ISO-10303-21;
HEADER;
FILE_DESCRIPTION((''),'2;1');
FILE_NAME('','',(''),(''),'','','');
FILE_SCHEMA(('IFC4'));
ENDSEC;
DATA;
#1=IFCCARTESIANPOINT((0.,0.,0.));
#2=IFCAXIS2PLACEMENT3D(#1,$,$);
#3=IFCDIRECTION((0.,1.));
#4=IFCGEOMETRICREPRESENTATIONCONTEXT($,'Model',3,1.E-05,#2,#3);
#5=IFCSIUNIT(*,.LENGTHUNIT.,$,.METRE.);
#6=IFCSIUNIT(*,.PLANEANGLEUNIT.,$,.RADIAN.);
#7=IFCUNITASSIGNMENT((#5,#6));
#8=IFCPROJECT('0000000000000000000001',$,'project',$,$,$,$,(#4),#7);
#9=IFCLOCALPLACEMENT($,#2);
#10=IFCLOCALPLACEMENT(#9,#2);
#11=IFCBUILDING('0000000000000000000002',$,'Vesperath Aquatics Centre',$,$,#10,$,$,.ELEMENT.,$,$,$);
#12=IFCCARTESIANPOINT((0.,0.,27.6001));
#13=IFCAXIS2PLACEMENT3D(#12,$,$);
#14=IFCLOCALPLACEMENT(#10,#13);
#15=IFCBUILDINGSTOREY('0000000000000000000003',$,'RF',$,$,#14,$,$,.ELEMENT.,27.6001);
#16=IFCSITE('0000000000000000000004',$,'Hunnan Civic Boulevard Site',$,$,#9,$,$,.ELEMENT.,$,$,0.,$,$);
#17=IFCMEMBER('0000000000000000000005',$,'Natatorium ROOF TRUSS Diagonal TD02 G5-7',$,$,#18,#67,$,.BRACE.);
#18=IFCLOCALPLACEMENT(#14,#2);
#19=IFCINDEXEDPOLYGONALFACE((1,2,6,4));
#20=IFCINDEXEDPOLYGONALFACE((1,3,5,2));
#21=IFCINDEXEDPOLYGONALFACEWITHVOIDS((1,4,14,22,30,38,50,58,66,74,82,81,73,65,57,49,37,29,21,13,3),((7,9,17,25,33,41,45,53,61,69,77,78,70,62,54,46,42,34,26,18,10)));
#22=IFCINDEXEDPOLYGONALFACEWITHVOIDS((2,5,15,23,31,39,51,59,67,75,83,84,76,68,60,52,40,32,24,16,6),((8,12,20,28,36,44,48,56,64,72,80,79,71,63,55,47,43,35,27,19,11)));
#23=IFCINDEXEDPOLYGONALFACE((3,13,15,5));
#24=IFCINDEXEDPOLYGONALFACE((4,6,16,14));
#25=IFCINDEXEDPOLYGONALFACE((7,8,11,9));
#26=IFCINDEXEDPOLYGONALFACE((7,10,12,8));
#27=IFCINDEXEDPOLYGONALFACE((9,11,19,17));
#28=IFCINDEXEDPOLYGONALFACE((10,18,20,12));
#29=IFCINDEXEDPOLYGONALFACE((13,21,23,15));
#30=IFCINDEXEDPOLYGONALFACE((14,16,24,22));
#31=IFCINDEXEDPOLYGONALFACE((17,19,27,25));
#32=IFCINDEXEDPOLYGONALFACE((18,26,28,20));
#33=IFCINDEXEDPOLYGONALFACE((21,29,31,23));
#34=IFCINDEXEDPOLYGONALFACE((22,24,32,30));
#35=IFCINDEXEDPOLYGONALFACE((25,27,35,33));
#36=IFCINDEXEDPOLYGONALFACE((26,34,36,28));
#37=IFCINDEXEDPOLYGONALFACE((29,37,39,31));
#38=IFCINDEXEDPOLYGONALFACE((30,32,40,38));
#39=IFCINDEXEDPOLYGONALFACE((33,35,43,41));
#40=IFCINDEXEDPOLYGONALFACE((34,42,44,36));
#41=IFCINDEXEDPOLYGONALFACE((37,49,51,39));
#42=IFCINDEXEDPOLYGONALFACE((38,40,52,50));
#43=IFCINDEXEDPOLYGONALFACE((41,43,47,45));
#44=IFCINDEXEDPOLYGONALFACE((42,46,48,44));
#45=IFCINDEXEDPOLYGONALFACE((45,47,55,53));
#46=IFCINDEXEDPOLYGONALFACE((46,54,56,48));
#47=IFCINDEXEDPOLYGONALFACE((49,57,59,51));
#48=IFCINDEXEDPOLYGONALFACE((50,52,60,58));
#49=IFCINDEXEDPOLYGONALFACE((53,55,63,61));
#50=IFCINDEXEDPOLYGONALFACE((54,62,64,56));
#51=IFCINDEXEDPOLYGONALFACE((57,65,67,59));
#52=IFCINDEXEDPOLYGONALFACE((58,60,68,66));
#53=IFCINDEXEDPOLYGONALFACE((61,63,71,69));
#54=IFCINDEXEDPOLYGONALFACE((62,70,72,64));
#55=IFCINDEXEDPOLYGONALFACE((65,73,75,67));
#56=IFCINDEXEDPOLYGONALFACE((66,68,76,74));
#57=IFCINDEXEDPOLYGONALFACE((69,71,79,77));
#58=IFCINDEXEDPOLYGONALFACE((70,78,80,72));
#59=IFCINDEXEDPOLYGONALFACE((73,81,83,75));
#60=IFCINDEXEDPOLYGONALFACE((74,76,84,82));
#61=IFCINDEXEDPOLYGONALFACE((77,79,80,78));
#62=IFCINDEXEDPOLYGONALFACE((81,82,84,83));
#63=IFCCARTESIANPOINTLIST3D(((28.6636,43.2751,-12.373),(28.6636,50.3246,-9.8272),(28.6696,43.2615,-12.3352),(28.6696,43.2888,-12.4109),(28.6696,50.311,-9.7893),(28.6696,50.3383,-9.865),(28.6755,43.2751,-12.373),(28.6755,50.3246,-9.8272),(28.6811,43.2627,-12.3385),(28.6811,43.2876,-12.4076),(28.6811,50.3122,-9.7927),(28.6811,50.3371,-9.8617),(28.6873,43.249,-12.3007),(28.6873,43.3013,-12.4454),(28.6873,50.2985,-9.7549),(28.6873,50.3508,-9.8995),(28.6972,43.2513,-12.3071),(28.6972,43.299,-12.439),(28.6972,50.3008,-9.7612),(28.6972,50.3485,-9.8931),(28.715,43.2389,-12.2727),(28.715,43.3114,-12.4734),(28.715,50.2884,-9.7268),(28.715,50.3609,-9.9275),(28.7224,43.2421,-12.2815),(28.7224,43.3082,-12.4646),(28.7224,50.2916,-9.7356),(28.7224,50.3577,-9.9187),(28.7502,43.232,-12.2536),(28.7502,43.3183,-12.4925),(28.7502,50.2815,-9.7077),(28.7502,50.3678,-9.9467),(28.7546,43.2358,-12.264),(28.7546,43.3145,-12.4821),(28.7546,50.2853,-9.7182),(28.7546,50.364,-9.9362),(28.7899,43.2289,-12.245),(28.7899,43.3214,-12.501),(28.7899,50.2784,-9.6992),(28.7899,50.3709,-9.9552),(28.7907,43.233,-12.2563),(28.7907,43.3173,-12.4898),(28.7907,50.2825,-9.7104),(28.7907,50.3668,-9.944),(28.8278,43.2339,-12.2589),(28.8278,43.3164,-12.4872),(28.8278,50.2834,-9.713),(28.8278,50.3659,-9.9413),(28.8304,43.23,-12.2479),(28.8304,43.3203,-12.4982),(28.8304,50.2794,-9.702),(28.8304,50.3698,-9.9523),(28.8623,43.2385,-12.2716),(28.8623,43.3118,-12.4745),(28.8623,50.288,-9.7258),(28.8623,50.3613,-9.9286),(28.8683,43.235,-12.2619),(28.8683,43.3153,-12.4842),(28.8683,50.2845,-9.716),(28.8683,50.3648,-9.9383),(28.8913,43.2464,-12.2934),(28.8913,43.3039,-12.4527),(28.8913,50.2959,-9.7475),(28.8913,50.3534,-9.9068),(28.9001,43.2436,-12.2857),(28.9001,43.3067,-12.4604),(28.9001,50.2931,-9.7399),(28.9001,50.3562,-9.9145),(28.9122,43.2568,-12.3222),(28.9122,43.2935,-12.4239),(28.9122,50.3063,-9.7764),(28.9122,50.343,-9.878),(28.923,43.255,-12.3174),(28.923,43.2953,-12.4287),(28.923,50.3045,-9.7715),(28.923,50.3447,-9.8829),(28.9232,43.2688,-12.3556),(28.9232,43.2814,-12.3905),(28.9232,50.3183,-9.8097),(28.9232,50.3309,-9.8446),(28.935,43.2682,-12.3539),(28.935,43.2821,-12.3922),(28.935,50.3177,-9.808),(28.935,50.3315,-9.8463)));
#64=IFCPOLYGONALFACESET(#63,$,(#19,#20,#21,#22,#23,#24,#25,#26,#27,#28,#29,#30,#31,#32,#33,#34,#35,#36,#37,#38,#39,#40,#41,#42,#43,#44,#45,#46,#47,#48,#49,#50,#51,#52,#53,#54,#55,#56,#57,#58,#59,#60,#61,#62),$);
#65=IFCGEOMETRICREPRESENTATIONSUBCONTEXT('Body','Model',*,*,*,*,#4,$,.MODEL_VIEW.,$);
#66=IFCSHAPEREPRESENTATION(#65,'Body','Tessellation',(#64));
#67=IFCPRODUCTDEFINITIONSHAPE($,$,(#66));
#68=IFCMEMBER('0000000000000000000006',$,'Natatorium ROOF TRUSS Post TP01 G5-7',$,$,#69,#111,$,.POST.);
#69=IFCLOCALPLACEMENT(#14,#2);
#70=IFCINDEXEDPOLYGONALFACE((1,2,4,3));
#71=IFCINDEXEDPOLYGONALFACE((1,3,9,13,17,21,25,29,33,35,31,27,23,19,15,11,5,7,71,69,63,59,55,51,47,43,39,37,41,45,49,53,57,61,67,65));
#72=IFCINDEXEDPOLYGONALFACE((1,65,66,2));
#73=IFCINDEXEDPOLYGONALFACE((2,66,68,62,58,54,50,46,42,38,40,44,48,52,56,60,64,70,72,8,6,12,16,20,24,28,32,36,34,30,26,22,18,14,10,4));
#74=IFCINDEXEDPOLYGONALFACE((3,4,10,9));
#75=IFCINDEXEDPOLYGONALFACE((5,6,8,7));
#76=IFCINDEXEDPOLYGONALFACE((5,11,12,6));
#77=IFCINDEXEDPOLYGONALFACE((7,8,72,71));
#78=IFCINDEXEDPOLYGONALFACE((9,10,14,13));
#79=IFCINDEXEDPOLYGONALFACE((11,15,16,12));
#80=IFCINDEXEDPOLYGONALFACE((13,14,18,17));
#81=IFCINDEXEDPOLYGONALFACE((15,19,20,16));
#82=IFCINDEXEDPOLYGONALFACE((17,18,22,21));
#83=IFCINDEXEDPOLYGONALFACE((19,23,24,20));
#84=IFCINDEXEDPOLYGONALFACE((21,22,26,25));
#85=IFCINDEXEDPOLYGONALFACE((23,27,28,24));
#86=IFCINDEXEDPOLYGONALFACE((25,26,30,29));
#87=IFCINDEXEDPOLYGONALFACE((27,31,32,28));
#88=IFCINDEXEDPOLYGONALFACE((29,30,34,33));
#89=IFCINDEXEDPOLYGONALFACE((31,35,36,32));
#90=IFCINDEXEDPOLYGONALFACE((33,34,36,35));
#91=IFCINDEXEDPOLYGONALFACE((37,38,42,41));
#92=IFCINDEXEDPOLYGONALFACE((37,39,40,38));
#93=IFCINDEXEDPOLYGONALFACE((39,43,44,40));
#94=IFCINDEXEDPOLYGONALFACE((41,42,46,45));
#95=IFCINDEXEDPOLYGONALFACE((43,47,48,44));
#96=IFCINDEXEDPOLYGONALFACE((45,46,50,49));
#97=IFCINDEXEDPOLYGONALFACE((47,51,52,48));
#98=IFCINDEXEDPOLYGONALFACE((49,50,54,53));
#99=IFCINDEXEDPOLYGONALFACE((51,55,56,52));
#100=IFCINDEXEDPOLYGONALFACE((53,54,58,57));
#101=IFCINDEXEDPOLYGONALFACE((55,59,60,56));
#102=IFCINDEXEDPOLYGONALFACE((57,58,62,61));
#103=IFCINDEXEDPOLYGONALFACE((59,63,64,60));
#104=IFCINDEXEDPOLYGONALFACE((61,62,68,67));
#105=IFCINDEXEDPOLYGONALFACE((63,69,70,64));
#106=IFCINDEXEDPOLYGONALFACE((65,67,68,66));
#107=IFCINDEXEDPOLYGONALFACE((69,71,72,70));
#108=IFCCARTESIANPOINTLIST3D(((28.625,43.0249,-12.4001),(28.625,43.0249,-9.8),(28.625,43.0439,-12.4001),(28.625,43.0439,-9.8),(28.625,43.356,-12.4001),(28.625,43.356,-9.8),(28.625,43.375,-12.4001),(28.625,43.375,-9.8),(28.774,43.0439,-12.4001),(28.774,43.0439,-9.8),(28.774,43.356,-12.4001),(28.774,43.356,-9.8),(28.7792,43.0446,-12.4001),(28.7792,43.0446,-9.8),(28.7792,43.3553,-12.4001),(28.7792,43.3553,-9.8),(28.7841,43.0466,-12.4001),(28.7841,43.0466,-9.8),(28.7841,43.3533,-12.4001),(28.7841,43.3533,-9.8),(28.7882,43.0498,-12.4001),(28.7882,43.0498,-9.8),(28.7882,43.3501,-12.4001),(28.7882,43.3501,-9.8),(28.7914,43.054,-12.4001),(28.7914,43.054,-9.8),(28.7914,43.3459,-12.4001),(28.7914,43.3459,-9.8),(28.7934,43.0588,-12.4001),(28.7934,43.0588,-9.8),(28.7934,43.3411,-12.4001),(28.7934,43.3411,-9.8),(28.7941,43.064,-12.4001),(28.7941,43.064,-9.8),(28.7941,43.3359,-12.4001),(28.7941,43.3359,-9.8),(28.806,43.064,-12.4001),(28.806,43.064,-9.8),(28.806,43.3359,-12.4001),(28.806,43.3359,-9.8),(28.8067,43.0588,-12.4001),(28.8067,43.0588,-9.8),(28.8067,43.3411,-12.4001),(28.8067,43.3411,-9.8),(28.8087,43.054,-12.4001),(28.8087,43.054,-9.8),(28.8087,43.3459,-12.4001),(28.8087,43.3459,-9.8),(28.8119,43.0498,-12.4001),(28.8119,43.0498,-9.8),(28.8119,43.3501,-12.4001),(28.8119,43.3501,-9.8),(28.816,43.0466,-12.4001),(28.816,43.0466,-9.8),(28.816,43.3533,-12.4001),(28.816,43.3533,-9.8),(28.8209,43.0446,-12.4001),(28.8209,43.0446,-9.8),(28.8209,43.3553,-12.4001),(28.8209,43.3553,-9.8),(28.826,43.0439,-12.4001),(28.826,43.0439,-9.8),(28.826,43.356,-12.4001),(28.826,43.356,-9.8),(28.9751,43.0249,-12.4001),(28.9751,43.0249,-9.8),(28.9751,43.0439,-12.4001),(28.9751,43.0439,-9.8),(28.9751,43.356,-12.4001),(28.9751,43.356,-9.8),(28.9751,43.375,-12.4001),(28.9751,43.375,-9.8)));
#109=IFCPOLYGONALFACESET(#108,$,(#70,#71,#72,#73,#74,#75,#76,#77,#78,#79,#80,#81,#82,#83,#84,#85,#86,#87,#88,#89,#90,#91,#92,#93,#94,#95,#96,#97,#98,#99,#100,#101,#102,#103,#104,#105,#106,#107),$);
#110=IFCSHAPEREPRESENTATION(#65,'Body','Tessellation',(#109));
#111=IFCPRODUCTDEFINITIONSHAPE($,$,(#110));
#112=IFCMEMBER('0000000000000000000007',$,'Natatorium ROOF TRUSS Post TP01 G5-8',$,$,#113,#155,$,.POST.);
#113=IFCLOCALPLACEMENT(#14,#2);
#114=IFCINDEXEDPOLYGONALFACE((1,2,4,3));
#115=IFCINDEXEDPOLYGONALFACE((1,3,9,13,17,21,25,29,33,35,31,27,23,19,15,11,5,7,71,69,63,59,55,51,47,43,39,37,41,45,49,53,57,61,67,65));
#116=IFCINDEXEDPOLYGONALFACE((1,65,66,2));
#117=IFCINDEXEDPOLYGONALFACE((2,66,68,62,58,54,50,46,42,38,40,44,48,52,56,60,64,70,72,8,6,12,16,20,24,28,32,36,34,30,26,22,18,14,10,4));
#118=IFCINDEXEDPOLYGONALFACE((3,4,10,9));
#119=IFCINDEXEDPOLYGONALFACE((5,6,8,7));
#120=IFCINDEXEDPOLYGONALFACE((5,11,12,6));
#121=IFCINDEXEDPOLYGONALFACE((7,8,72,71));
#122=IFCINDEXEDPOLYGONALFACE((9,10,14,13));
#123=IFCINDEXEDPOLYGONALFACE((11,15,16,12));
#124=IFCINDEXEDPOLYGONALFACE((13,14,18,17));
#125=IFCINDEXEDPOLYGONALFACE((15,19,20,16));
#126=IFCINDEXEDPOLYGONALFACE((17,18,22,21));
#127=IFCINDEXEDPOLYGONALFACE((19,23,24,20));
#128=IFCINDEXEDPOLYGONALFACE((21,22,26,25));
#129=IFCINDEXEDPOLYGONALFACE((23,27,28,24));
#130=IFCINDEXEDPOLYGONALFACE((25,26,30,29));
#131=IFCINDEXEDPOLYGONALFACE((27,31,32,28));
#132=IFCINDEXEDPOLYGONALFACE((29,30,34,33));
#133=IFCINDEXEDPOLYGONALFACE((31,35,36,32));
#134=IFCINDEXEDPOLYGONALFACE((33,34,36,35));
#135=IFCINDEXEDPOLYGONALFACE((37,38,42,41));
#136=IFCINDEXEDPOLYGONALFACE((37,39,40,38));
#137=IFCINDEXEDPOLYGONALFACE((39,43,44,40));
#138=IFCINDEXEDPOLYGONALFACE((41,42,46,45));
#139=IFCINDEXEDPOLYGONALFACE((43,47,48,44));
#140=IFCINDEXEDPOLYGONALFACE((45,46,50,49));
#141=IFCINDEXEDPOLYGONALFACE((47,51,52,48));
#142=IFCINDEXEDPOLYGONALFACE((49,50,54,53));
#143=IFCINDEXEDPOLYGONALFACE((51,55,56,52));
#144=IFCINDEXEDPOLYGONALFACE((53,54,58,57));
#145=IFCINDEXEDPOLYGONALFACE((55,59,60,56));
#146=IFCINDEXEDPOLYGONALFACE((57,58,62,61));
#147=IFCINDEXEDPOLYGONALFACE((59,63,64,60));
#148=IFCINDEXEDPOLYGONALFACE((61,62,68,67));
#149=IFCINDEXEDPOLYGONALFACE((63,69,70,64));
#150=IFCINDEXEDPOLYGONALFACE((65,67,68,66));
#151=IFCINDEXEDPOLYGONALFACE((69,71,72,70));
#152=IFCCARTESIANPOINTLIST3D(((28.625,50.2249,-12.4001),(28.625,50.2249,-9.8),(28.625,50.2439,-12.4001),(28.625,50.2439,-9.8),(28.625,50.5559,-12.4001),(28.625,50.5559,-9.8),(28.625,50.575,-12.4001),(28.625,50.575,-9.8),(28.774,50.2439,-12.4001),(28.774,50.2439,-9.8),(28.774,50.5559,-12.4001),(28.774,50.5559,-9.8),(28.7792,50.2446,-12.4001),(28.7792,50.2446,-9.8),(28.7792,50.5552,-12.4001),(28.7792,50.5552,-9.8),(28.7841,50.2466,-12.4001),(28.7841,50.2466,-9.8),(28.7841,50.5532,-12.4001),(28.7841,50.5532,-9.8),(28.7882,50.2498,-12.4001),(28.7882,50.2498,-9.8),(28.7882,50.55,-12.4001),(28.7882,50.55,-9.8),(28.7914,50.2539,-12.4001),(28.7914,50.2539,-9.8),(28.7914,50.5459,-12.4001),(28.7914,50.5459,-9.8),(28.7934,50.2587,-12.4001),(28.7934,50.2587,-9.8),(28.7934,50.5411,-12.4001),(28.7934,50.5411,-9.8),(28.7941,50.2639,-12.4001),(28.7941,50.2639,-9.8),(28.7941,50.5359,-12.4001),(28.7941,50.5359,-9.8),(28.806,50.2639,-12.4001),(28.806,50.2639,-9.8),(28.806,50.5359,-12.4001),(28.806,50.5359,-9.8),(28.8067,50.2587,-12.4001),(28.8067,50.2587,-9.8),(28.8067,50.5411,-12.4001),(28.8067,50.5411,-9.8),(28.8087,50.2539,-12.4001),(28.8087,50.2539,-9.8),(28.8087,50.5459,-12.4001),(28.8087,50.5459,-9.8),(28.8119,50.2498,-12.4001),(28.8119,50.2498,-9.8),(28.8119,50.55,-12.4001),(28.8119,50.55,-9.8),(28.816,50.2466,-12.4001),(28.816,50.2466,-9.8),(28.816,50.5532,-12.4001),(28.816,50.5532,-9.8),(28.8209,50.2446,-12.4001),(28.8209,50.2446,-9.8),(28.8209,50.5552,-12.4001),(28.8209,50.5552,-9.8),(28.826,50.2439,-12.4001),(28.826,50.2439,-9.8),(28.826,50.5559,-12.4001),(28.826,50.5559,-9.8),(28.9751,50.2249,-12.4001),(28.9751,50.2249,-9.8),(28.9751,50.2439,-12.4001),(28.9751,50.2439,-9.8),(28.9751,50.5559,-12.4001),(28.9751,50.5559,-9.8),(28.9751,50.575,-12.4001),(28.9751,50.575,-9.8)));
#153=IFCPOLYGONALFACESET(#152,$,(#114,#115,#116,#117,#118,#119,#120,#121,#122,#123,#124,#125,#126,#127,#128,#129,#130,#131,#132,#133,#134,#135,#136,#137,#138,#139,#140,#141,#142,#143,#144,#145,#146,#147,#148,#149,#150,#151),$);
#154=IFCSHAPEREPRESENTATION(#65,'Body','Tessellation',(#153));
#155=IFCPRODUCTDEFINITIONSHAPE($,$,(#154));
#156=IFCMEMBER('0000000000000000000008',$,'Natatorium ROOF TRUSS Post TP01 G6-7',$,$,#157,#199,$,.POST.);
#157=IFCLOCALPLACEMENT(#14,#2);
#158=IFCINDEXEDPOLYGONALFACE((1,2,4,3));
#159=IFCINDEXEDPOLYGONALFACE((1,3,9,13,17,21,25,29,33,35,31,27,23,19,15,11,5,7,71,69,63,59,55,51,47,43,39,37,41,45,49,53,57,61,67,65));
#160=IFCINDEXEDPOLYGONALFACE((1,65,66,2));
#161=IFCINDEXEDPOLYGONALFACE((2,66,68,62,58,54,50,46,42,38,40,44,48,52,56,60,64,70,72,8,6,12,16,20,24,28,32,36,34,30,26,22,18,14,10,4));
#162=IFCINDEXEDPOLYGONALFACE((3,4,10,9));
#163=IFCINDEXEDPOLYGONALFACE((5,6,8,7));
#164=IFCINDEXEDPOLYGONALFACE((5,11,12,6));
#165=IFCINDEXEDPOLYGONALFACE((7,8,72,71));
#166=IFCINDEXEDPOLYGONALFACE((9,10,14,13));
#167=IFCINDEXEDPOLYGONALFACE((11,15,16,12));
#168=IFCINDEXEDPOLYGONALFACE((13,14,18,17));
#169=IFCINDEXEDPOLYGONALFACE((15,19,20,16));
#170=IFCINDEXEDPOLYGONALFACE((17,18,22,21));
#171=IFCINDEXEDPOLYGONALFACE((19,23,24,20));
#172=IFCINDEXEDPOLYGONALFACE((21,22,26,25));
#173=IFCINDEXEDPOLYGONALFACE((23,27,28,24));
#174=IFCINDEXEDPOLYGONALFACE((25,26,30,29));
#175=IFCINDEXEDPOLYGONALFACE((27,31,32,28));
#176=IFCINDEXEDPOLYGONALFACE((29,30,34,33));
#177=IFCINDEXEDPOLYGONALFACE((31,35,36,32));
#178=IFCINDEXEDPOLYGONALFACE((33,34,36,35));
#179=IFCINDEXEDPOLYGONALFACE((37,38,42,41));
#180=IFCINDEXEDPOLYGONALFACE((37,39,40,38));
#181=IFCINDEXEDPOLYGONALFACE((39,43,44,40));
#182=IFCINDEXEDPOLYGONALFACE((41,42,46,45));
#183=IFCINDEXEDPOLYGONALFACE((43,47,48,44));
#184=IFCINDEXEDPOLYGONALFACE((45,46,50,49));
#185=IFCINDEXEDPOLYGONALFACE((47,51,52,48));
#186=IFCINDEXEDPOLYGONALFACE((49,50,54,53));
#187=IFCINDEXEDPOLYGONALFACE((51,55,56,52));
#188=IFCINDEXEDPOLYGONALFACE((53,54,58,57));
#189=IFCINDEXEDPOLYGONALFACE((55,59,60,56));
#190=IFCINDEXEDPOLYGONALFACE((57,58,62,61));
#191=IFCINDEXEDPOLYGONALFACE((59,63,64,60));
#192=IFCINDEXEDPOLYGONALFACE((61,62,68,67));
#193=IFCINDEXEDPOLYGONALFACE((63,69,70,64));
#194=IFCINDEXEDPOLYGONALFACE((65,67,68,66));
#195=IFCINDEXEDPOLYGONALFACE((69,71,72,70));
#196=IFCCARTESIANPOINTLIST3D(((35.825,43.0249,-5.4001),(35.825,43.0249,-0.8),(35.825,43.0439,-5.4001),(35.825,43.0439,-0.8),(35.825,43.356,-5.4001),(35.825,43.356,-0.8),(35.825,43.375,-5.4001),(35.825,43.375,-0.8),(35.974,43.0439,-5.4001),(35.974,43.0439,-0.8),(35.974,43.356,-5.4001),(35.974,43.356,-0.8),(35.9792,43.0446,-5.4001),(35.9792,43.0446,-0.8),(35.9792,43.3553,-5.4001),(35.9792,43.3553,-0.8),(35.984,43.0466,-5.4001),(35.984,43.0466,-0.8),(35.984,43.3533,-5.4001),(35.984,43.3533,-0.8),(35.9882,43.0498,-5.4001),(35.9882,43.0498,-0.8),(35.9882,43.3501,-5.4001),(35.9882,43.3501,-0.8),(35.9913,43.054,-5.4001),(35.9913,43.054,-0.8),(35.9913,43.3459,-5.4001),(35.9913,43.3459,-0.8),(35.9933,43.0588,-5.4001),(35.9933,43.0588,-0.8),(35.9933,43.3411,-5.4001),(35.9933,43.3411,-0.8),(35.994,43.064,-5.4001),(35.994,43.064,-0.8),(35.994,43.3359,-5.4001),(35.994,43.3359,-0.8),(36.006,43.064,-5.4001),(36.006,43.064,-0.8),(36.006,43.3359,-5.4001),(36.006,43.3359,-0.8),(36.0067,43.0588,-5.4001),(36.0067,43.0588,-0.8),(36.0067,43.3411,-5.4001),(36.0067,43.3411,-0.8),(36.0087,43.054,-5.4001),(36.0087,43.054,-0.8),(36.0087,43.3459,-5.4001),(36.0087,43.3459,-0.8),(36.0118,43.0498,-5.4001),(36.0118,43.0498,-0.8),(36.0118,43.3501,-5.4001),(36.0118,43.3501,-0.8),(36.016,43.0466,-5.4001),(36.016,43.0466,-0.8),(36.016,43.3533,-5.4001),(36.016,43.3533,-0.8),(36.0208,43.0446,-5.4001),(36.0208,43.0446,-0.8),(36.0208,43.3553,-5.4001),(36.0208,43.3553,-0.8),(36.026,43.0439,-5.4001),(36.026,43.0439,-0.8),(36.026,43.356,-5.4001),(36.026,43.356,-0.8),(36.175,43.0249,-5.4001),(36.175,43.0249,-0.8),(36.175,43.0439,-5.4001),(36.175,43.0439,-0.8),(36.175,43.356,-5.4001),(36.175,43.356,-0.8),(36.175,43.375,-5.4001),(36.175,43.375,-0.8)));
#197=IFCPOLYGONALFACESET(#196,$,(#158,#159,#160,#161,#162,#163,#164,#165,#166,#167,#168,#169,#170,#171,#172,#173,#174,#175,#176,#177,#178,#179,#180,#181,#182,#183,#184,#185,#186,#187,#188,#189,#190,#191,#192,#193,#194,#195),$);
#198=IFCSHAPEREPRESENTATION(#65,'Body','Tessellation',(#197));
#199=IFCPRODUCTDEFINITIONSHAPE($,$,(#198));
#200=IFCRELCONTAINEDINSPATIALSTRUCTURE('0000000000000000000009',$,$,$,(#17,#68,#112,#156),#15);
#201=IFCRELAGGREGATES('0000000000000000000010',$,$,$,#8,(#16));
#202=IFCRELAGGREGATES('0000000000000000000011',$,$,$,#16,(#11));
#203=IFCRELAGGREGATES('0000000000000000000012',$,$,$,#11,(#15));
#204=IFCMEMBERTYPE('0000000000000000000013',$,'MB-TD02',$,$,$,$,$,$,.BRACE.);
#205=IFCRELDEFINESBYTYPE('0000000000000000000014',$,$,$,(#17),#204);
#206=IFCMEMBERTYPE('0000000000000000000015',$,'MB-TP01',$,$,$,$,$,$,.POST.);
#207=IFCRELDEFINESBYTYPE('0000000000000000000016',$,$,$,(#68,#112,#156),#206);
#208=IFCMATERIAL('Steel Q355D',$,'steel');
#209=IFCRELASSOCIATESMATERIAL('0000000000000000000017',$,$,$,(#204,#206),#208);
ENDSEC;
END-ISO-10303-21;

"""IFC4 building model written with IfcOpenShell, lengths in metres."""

from ifc_helpers import new_model, si_unit, direction, frame, origin, origin_2d, place, context, subcontext, project, spatial, hollow_circle, i_section, extrude, material, material_profile, profile_set, type_object, element, save


model = new_model("IFC4")

# Units and contexts
model_context = context("Model", 3, precision=1e-05, world=origin(), true_north=direction((0.0, 1.0)))
body_context = subcontext(model_context, "Body", "Model", "MODEL_VIEW")
ifc_project = project(units=[si_unit("LENGTHUNIT", "METRE"), si_unit("PLANEANGLEUNIT", "RADIAN")], contexts=[model_context])

# Site, building, storey
site_placement = place(None, origin())
site = spatial("IfcSite", under=ifc_project, at=site_placement, Name="Hunnan Civic Boulevard Site", CompositionType="ELEMENT", RefElevation=0.0)
building_placement = place(site_placement, origin())
building = spatial("IfcBuilding", under=site, at=building_placement, Name="Vesperath Aquatics Centre", CompositionType="ELEMENT")
storey_placement = place(building_placement, frame((0.0, 0.0, 27.6001)))
storey = spatial("IfcBuildingStorey", under=building, at=storey_placement, Name="RF", CompositionType="ELEMENT", Elevation=27.6001)

# Members
ifc_material_1 = material(Name="Steel Q355D", Category="steel")
ifc_material_profile_1 = material_profile(ifc_material_1, hollow_circle(Radius=0.1365, WallThickness=0.012, at=origin_2d()), Name="CHS 273.0x12")
ifc_profile_set_1 = profile_set([ifc_material_profile_1], Name="Steel Q355D")
member_type_1 = type_object("IfcMemberType", Name="MB-TD02", PredefinedType="BRACE", material=ifc_profile_set_1)
member_1_placement = place(storey_placement, frame((28.8, 43.2751, -12.373), z_axis=(0.0, 0.940544, 0.339671), x_axis=(-1.0, 0.0, 0.0)))
element("IfcMember", 1, at=member_1_placement, inside=storey, type_object=member_type_1, Name="Natatorium ROOF TRUSS Diagonal TD02 G5-7", PredefinedType="BRACE", context=body_context, shape_type="SweptSolid", body=[
    extrude(hollow_circle(Radius=0.1365, WallThickness=0.012, at=origin_2d()), origin(), (0.0, 0.0, 1.0), 7.4951),
])
ifc_material_profile_2 = material_profile(ifc_material_1, i_section(OverallWidth=0.3501, OverallDepth=0.3501, WebThickness=0.012, FlangeThickness=0.019, FilletRadius=0.02, at=origin_2d()), Name="HW 350x350x12x19")
ifc_profile_set_2 = profile_set([ifc_material_profile_2], Name="Steel Q355D")
member_type_2 = type_object("IfcMemberType", Name="MB-TP01", PredefinedType="POST", material=ifc_profile_set_2)
for number, where, z_axis, x_axis, name in (
    (2, (28.8, 43.2, -12.4001), (0.0, 0.0, 1.0), (1.0, 0.0, 0.0), "Natatorium ROOF TRUSS Post TP01 G5-7"),
    (3, (28.8, 50.3999, -12.4001), (0.0, 0.0, 1.0), (1.0, 0.0, 0.0), "Natatorium ROOF TRUSS Post TP01 G5-8"),
):
    element("IfcMember", number, at=place(storey_placement, frame(where, z_axis=z_axis, x_axis=x_axis)), inside=storey, type_object=member_type_2, Name=name, PredefinedType="POST", context=body_context, shape_type="SweptSolid", body=[
        extrude(i_section(OverallWidth=0.3501, OverallDepth=0.3501, WebThickness=0.012, FlangeThickness=0.019, FilletRadius=0.02, at=origin_2d()), origin(), (0.0, 0.0, 1.0), 2.6001),
    ])
member_2_placement = place(storey_placement, frame((36.0, 43.2, -5.4001), z_axis=(0.0, 0.0, 1.0), x_axis=(1.0, 0.0, 0.0)))
element("IfcMember", 4, at=member_2_placement, inside=storey, type_object=member_type_2, Name="Natatorium ROOF TRUSS Post TP01 G6-7", PredefinedType="POST", context=body_context, shape_type="SweptSolid", body=[
    extrude(i_section(OverallWidth=0.3501, OverallDepth=0.3501, WebThickness=0.012, FlangeThickness=0.019, FilletRadius=0.02, at=origin_2d()), origin(), (0.0, 0.0, 1.0), 4.6001),
])

save(model, "model.ifc")
